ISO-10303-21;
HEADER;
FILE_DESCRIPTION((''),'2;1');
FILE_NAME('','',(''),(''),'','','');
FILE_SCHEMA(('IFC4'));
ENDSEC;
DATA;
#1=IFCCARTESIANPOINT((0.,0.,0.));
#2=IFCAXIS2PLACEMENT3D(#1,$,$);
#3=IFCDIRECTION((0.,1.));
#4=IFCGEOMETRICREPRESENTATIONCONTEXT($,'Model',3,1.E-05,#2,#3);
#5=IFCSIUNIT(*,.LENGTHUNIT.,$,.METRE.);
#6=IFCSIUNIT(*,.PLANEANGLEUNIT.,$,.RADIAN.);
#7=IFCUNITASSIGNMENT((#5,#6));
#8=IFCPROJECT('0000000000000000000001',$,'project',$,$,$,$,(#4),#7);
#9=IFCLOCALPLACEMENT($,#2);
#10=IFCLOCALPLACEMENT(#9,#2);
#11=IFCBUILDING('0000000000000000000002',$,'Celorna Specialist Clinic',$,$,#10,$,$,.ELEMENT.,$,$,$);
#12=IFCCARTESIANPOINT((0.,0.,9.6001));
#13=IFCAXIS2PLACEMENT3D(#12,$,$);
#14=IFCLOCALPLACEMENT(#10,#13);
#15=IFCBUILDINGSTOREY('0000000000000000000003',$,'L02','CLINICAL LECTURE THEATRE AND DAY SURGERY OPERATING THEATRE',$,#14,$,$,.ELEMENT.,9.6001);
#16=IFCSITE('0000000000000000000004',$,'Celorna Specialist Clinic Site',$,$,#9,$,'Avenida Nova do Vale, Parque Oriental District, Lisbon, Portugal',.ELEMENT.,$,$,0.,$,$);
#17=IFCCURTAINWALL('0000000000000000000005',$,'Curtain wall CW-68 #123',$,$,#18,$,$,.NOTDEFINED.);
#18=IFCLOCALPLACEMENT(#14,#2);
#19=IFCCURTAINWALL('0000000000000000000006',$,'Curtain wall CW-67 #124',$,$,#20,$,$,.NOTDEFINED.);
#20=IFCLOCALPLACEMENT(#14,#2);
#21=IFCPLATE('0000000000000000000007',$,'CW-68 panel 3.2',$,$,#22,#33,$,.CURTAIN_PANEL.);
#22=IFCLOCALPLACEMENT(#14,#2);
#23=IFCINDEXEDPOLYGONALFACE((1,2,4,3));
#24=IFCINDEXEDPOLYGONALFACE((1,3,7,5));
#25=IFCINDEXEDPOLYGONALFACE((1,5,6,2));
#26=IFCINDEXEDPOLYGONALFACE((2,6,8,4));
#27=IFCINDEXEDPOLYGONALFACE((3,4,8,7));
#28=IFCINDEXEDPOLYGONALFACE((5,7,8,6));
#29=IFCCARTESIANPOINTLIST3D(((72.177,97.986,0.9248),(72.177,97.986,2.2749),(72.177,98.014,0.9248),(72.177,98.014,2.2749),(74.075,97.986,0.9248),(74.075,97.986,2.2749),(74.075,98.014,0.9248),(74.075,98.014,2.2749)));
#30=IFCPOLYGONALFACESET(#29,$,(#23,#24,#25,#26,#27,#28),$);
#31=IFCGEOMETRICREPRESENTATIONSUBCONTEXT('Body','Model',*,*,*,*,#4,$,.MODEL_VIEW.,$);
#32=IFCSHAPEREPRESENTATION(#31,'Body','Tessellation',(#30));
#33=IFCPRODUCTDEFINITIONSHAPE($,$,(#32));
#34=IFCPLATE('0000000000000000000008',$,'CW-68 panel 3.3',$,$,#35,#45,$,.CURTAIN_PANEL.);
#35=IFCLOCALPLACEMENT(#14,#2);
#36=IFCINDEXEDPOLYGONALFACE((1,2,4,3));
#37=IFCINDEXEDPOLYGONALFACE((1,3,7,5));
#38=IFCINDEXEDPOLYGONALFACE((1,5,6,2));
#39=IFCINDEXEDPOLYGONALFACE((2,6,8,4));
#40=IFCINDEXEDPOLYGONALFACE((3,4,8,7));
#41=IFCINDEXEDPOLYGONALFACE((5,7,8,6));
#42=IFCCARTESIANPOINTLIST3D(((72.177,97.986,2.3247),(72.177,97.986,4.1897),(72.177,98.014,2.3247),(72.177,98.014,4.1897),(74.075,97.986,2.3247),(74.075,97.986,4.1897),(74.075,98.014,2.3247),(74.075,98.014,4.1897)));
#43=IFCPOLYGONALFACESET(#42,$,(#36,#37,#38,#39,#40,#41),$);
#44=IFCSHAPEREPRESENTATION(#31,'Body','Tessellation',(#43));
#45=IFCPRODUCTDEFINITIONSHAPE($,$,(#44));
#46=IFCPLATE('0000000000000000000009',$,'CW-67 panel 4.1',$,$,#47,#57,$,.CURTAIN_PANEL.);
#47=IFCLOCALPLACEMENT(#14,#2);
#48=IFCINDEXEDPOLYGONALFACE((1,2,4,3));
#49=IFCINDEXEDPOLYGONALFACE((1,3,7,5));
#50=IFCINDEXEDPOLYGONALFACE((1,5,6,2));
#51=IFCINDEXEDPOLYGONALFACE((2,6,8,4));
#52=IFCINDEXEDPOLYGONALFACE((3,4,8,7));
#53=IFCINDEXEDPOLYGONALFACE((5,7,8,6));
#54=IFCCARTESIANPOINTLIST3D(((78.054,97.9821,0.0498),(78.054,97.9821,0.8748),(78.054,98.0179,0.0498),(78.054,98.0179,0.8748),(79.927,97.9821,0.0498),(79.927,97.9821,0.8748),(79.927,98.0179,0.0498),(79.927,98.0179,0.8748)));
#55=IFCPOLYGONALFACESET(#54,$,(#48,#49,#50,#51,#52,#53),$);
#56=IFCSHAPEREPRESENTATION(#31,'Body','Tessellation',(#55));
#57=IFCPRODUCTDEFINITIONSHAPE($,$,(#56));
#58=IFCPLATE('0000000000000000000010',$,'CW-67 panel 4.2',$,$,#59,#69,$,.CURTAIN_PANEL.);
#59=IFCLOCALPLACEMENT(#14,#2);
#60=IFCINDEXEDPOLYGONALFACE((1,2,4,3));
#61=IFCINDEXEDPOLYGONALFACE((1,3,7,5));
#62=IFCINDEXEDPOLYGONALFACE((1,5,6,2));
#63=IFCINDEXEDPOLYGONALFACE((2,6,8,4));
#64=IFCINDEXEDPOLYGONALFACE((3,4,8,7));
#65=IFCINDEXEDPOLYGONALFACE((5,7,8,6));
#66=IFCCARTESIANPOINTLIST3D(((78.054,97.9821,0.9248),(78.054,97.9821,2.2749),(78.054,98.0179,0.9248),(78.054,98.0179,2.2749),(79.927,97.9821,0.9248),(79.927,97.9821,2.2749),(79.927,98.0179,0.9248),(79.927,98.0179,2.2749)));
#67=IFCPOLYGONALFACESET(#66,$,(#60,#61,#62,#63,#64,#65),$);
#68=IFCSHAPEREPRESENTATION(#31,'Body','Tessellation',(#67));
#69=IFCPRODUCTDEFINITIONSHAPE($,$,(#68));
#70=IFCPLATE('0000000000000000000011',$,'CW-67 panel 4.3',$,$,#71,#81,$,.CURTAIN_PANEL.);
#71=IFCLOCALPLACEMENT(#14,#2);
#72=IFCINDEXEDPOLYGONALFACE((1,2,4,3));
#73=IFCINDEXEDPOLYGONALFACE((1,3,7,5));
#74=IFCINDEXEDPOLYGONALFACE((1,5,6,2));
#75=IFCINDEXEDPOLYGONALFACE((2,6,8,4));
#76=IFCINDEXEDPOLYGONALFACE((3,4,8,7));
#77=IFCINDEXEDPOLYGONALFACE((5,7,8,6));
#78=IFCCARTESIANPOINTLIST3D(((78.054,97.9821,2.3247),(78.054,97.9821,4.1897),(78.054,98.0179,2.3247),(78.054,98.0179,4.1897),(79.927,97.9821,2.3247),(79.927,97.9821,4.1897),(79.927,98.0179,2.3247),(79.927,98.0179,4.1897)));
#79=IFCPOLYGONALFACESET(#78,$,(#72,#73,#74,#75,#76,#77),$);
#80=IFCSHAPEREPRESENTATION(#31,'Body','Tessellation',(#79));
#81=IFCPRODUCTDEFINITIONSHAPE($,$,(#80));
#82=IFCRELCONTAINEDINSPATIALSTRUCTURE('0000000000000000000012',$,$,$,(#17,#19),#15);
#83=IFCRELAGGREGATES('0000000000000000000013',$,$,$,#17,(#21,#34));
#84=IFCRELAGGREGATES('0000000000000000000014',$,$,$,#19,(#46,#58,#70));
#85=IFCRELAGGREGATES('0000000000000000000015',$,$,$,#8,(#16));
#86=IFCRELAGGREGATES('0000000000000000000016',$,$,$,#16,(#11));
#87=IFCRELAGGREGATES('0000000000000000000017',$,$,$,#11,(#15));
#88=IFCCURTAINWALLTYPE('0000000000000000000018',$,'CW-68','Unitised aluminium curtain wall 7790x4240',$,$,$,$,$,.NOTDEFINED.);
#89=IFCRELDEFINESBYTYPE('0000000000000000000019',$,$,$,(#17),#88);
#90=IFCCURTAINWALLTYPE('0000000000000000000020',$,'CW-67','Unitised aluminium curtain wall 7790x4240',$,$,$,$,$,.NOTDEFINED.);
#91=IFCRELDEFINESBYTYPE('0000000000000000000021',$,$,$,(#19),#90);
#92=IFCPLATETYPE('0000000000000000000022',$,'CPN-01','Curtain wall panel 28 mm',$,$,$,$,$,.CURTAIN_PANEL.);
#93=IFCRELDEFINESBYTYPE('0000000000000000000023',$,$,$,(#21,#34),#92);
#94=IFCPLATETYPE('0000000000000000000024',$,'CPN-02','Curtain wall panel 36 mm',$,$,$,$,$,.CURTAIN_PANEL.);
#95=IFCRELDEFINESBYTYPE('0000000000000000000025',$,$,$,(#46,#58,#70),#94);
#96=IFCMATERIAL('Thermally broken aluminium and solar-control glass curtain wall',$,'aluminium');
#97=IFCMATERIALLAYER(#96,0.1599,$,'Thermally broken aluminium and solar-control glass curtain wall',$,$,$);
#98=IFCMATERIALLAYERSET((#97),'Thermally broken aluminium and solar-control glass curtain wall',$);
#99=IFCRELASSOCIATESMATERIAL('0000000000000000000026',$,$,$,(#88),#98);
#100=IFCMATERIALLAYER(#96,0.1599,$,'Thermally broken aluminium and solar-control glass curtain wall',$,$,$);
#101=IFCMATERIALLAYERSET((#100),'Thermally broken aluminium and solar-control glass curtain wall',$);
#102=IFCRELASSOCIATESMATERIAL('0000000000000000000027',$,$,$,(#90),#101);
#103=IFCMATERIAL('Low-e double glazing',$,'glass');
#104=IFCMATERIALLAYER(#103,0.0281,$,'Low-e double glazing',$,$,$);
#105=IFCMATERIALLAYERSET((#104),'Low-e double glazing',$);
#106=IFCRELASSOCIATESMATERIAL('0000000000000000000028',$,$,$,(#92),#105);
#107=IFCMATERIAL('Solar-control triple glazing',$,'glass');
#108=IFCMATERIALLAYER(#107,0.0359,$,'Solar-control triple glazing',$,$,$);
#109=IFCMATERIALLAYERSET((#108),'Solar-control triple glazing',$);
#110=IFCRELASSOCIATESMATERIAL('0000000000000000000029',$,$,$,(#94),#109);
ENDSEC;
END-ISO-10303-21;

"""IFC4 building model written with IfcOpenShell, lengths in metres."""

from ifc_helpers import new_model, si_unit, direction, frame, origin, origin_2d, place, context, subcontext, project, spatial, rectangle, extrude, material, layer, layer_set, type_object, element, aggregate, save


model = new_model("IFC4")

# Units and contexts
model_context = context("Model", 3, precision=1e-05, world=origin(), true_north=direction((0.0, 1.0)))
body_context = subcontext(model_context, "Body", "Model", "MODEL_VIEW")
ifc_project = project(units=[si_unit("LENGTHUNIT", "METRE"), si_unit("PLANEANGLEUNIT", "RADIAN")], contexts=[model_context])

# Site, building, storey
site_placement = place(None, origin())
site = spatial("IfcSite", under=ifc_project, at=site_placement, Name="Celorna Specialist Clinic Site", LongName="Avenida Nova do Vale, Parque Oriental District, Lisbon, Portugal", CompositionType="ELEMENT", RefElevation=0.0)
building_placement = place(site_placement, origin())
building = spatial("IfcBuilding", under=site, at=building_placement, Name="Celorna Specialist Clinic", CompositionType="ELEMENT")
storey_placement = place(building_placement, frame((0.0, 0.0, 9.6001)))
storey = spatial("IfcBuildingStorey", under=building, at=storey_placement, Name="L02", Description="CLINICAL LECTURE THEATRE AND DAY SURGERY OPERATING THEATRE", CompositionType="ELEMENT", Elevation=9.6001)

# Curtain wall
ifc_material_1 = material(Name="Thermally broken aluminium and solar-control glass curtain wall", Category="aluminium")
ifc_layer_1 = layer(ifc_material_1, 0.1599, Name="Thermally broken aluminium and solar-control glass curtain wall")
ifc_layer_set_1 = layer_set([ifc_layer_1], Name="Thermally broken aluminium and solar-control glass curtain wall")
curtain_wall_type_1 = type_object("IfcCurtainWallType", Name="CW-68", Description="Unitised aluminium curtain wall 7790x4240", PredefinedType="NOTDEFINED", material=ifc_layer_set_1)
curtain_wall_1_placement = place(storey_placement, origin())
curtain_wall_1 = element("IfcCurtainWall", 1, at=curtain_wall_1_placement, inside=storey, type_object=curtain_wall_type_1, Name="Curtain wall CW-68 #123", PredefinedType="NOTDEFINED")

# Curtain wall
ifc_layer_2 = layer(ifc_material_1, 0.1599, Name="Thermally broken aluminium and solar-control glass curtain wall")
ifc_layer_set_2 = layer_set([ifc_layer_2], Name="Thermally broken aluminium and solar-control glass curtain wall")
curtain_wall_type_2 = type_object("IfcCurtainWallType", Name="CW-67", Description="Unitised aluminium curtain wall 7790x4240", PredefinedType="NOTDEFINED", material=ifc_layer_set_2)
curtain_wall_2_placement = place(storey_placement, origin())
curtain_wall_2 = element("IfcCurtainWall", 2, at=curtain_wall_2_placement, inside=storey, type_object=curtain_wall_type_2, Name="Curtain wall CW-67 #124", PredefinedType="NOTDEFINED")

# Plates
ifc_material_2 = material(Name="Low-e double glazing", Category="glass")
ifc_layer_3 = layer(ifc_material_2, 0.0281, Name="Low-e double glazing")
ifc_layer_set_3 = layer_set([ifc_layer_3], Name="Low-e double glazing")
plate_type_1 = type_object("IfcPlateType", Name="CPN-01", Description="Curtain wall panel 28 mm", PredefinedType="CURTAIN_PANEL", material=ifc_layer_set_3)
plate_1_placement = place(storey_placement, frame((73.126, 98.0, 0.9248), z_axis=(0.0, 0.0, 1.0), x_axis=(-1.0, 0.0, 0.0)))
plate_1 = element("IfcPlate", 3, at=plate_1_placement, type_object=plate_type_1, Name="CW-68 panel 3.2", PredefinedType="CURTAIN_PANEL", context=body_context, shape_type="SweptSolid", body=[
    extrude(rectangle(XDim=1.8979, YDim=0.0281, at=origin_2d()), origin(), (0.0, 0.0, 1.0), 1.3501),
])
plate_2_placement = place(storey_placement, frame((73.126, 98.0, 2.3247), z_axis=(0.0, 0.0, 1.0), x_axis=(-1.0, 0.0, 0.0)))
plate_2 = element("IfcPlate", 4, at=plate_2_placement, type_object=plate_type_1, Name="CW-68 panel 3.3", PredefinedType="CURTAIN_PANEL", context=body_context, shape_type="SweptSolid", body=[
    extrude(rectangle(XDim=1.8979, YDim=0.0281, at=origin_2d()), origin(), (0.0, 0.0, 1.0), 1.865),
])
aggregate(curtain_wall_1, [plate_1, plate_2])
ifc_material_3 = material(Name="Solar-control triple glazing", Category="glass")
ifc_layer_4 = layer(ifc_material_3, 0.0359, Name="Solar-control triple glazing")
ifc_layer_set_4 = layer_set([ifc_layer_4], Name="Solar-control triple glazing")
plate_type_2 = type_object("IfcPlateType", Name="CPN-02", Description="Curtain wall panel 36 mm", PredefinedType="CURTAIN_PANEL", material=ifc_layer_set_4)
plate_3_placement = place(storey_placement, frame((78.9905, 98.0, 0.0498), z_axis=(0.0, 0.0, 1.0), x_axis=(-1.0, 0.0, 0.0)))
plate_3 = element("IfcPlate", 5, at=plate_3_placement, type_object=plate_type_2, Name="CW-67 panel 4.1", PredefinedType="CURTAIN_PANEL", context=body_context, shape_type="SweptSolid", body=[
    extrude(rectangle(XDim=1.873, YDim=0.0359, at=origin_2d()), origin(), (0.0, 0.0, 1.0), 0.825),
])
plate_4_placement = place(storey_placement, frame((78.9905, 98.0, 0.9248), z_axis=(0.0, 0.0, 1.0), x_axis=(-1.0, 0.0, 0.0)))
plate_4 = element("IfcPlate", 6, at=plate_4_placement, type_object=plate_type_2, Name="CW-67 panel 4.2", PredefinedType="CURTAIN_PANEL", context=body_context, shape_type="SweptSolid", body=[
    extrude(rectangle(XDim=1.873, YDim=0.0359, at=origin_2d()), origin(), (0.0, 0.0, 1.0), 1.3501),
])
plate_5_placement = place(storey_placement, frame((78.9905, 98.0, 2.3247), z_axis=(0.0, 0.0, 1.0), x_axis=(-1.0, 0.0, 0.0)))
plate_5 = element("IfcPlate", 7, at=plate_5_placement, type_object=plate_type_2, Name="CW-67 panel 4.3", PredefinedType="CURTAIN_PANEL", context=body_context, shape_type="SweptSolid", body=[
    extrude(rectangle(XDim=1.873, YDim=0.0359, at=origin_2d()), origin(), (0.0, 0.0, 1.0), 1.865),
])
aggregate(curtain_wall_2, [plate_3, plate_4, plate_5])

save(model, "model.ifc")
